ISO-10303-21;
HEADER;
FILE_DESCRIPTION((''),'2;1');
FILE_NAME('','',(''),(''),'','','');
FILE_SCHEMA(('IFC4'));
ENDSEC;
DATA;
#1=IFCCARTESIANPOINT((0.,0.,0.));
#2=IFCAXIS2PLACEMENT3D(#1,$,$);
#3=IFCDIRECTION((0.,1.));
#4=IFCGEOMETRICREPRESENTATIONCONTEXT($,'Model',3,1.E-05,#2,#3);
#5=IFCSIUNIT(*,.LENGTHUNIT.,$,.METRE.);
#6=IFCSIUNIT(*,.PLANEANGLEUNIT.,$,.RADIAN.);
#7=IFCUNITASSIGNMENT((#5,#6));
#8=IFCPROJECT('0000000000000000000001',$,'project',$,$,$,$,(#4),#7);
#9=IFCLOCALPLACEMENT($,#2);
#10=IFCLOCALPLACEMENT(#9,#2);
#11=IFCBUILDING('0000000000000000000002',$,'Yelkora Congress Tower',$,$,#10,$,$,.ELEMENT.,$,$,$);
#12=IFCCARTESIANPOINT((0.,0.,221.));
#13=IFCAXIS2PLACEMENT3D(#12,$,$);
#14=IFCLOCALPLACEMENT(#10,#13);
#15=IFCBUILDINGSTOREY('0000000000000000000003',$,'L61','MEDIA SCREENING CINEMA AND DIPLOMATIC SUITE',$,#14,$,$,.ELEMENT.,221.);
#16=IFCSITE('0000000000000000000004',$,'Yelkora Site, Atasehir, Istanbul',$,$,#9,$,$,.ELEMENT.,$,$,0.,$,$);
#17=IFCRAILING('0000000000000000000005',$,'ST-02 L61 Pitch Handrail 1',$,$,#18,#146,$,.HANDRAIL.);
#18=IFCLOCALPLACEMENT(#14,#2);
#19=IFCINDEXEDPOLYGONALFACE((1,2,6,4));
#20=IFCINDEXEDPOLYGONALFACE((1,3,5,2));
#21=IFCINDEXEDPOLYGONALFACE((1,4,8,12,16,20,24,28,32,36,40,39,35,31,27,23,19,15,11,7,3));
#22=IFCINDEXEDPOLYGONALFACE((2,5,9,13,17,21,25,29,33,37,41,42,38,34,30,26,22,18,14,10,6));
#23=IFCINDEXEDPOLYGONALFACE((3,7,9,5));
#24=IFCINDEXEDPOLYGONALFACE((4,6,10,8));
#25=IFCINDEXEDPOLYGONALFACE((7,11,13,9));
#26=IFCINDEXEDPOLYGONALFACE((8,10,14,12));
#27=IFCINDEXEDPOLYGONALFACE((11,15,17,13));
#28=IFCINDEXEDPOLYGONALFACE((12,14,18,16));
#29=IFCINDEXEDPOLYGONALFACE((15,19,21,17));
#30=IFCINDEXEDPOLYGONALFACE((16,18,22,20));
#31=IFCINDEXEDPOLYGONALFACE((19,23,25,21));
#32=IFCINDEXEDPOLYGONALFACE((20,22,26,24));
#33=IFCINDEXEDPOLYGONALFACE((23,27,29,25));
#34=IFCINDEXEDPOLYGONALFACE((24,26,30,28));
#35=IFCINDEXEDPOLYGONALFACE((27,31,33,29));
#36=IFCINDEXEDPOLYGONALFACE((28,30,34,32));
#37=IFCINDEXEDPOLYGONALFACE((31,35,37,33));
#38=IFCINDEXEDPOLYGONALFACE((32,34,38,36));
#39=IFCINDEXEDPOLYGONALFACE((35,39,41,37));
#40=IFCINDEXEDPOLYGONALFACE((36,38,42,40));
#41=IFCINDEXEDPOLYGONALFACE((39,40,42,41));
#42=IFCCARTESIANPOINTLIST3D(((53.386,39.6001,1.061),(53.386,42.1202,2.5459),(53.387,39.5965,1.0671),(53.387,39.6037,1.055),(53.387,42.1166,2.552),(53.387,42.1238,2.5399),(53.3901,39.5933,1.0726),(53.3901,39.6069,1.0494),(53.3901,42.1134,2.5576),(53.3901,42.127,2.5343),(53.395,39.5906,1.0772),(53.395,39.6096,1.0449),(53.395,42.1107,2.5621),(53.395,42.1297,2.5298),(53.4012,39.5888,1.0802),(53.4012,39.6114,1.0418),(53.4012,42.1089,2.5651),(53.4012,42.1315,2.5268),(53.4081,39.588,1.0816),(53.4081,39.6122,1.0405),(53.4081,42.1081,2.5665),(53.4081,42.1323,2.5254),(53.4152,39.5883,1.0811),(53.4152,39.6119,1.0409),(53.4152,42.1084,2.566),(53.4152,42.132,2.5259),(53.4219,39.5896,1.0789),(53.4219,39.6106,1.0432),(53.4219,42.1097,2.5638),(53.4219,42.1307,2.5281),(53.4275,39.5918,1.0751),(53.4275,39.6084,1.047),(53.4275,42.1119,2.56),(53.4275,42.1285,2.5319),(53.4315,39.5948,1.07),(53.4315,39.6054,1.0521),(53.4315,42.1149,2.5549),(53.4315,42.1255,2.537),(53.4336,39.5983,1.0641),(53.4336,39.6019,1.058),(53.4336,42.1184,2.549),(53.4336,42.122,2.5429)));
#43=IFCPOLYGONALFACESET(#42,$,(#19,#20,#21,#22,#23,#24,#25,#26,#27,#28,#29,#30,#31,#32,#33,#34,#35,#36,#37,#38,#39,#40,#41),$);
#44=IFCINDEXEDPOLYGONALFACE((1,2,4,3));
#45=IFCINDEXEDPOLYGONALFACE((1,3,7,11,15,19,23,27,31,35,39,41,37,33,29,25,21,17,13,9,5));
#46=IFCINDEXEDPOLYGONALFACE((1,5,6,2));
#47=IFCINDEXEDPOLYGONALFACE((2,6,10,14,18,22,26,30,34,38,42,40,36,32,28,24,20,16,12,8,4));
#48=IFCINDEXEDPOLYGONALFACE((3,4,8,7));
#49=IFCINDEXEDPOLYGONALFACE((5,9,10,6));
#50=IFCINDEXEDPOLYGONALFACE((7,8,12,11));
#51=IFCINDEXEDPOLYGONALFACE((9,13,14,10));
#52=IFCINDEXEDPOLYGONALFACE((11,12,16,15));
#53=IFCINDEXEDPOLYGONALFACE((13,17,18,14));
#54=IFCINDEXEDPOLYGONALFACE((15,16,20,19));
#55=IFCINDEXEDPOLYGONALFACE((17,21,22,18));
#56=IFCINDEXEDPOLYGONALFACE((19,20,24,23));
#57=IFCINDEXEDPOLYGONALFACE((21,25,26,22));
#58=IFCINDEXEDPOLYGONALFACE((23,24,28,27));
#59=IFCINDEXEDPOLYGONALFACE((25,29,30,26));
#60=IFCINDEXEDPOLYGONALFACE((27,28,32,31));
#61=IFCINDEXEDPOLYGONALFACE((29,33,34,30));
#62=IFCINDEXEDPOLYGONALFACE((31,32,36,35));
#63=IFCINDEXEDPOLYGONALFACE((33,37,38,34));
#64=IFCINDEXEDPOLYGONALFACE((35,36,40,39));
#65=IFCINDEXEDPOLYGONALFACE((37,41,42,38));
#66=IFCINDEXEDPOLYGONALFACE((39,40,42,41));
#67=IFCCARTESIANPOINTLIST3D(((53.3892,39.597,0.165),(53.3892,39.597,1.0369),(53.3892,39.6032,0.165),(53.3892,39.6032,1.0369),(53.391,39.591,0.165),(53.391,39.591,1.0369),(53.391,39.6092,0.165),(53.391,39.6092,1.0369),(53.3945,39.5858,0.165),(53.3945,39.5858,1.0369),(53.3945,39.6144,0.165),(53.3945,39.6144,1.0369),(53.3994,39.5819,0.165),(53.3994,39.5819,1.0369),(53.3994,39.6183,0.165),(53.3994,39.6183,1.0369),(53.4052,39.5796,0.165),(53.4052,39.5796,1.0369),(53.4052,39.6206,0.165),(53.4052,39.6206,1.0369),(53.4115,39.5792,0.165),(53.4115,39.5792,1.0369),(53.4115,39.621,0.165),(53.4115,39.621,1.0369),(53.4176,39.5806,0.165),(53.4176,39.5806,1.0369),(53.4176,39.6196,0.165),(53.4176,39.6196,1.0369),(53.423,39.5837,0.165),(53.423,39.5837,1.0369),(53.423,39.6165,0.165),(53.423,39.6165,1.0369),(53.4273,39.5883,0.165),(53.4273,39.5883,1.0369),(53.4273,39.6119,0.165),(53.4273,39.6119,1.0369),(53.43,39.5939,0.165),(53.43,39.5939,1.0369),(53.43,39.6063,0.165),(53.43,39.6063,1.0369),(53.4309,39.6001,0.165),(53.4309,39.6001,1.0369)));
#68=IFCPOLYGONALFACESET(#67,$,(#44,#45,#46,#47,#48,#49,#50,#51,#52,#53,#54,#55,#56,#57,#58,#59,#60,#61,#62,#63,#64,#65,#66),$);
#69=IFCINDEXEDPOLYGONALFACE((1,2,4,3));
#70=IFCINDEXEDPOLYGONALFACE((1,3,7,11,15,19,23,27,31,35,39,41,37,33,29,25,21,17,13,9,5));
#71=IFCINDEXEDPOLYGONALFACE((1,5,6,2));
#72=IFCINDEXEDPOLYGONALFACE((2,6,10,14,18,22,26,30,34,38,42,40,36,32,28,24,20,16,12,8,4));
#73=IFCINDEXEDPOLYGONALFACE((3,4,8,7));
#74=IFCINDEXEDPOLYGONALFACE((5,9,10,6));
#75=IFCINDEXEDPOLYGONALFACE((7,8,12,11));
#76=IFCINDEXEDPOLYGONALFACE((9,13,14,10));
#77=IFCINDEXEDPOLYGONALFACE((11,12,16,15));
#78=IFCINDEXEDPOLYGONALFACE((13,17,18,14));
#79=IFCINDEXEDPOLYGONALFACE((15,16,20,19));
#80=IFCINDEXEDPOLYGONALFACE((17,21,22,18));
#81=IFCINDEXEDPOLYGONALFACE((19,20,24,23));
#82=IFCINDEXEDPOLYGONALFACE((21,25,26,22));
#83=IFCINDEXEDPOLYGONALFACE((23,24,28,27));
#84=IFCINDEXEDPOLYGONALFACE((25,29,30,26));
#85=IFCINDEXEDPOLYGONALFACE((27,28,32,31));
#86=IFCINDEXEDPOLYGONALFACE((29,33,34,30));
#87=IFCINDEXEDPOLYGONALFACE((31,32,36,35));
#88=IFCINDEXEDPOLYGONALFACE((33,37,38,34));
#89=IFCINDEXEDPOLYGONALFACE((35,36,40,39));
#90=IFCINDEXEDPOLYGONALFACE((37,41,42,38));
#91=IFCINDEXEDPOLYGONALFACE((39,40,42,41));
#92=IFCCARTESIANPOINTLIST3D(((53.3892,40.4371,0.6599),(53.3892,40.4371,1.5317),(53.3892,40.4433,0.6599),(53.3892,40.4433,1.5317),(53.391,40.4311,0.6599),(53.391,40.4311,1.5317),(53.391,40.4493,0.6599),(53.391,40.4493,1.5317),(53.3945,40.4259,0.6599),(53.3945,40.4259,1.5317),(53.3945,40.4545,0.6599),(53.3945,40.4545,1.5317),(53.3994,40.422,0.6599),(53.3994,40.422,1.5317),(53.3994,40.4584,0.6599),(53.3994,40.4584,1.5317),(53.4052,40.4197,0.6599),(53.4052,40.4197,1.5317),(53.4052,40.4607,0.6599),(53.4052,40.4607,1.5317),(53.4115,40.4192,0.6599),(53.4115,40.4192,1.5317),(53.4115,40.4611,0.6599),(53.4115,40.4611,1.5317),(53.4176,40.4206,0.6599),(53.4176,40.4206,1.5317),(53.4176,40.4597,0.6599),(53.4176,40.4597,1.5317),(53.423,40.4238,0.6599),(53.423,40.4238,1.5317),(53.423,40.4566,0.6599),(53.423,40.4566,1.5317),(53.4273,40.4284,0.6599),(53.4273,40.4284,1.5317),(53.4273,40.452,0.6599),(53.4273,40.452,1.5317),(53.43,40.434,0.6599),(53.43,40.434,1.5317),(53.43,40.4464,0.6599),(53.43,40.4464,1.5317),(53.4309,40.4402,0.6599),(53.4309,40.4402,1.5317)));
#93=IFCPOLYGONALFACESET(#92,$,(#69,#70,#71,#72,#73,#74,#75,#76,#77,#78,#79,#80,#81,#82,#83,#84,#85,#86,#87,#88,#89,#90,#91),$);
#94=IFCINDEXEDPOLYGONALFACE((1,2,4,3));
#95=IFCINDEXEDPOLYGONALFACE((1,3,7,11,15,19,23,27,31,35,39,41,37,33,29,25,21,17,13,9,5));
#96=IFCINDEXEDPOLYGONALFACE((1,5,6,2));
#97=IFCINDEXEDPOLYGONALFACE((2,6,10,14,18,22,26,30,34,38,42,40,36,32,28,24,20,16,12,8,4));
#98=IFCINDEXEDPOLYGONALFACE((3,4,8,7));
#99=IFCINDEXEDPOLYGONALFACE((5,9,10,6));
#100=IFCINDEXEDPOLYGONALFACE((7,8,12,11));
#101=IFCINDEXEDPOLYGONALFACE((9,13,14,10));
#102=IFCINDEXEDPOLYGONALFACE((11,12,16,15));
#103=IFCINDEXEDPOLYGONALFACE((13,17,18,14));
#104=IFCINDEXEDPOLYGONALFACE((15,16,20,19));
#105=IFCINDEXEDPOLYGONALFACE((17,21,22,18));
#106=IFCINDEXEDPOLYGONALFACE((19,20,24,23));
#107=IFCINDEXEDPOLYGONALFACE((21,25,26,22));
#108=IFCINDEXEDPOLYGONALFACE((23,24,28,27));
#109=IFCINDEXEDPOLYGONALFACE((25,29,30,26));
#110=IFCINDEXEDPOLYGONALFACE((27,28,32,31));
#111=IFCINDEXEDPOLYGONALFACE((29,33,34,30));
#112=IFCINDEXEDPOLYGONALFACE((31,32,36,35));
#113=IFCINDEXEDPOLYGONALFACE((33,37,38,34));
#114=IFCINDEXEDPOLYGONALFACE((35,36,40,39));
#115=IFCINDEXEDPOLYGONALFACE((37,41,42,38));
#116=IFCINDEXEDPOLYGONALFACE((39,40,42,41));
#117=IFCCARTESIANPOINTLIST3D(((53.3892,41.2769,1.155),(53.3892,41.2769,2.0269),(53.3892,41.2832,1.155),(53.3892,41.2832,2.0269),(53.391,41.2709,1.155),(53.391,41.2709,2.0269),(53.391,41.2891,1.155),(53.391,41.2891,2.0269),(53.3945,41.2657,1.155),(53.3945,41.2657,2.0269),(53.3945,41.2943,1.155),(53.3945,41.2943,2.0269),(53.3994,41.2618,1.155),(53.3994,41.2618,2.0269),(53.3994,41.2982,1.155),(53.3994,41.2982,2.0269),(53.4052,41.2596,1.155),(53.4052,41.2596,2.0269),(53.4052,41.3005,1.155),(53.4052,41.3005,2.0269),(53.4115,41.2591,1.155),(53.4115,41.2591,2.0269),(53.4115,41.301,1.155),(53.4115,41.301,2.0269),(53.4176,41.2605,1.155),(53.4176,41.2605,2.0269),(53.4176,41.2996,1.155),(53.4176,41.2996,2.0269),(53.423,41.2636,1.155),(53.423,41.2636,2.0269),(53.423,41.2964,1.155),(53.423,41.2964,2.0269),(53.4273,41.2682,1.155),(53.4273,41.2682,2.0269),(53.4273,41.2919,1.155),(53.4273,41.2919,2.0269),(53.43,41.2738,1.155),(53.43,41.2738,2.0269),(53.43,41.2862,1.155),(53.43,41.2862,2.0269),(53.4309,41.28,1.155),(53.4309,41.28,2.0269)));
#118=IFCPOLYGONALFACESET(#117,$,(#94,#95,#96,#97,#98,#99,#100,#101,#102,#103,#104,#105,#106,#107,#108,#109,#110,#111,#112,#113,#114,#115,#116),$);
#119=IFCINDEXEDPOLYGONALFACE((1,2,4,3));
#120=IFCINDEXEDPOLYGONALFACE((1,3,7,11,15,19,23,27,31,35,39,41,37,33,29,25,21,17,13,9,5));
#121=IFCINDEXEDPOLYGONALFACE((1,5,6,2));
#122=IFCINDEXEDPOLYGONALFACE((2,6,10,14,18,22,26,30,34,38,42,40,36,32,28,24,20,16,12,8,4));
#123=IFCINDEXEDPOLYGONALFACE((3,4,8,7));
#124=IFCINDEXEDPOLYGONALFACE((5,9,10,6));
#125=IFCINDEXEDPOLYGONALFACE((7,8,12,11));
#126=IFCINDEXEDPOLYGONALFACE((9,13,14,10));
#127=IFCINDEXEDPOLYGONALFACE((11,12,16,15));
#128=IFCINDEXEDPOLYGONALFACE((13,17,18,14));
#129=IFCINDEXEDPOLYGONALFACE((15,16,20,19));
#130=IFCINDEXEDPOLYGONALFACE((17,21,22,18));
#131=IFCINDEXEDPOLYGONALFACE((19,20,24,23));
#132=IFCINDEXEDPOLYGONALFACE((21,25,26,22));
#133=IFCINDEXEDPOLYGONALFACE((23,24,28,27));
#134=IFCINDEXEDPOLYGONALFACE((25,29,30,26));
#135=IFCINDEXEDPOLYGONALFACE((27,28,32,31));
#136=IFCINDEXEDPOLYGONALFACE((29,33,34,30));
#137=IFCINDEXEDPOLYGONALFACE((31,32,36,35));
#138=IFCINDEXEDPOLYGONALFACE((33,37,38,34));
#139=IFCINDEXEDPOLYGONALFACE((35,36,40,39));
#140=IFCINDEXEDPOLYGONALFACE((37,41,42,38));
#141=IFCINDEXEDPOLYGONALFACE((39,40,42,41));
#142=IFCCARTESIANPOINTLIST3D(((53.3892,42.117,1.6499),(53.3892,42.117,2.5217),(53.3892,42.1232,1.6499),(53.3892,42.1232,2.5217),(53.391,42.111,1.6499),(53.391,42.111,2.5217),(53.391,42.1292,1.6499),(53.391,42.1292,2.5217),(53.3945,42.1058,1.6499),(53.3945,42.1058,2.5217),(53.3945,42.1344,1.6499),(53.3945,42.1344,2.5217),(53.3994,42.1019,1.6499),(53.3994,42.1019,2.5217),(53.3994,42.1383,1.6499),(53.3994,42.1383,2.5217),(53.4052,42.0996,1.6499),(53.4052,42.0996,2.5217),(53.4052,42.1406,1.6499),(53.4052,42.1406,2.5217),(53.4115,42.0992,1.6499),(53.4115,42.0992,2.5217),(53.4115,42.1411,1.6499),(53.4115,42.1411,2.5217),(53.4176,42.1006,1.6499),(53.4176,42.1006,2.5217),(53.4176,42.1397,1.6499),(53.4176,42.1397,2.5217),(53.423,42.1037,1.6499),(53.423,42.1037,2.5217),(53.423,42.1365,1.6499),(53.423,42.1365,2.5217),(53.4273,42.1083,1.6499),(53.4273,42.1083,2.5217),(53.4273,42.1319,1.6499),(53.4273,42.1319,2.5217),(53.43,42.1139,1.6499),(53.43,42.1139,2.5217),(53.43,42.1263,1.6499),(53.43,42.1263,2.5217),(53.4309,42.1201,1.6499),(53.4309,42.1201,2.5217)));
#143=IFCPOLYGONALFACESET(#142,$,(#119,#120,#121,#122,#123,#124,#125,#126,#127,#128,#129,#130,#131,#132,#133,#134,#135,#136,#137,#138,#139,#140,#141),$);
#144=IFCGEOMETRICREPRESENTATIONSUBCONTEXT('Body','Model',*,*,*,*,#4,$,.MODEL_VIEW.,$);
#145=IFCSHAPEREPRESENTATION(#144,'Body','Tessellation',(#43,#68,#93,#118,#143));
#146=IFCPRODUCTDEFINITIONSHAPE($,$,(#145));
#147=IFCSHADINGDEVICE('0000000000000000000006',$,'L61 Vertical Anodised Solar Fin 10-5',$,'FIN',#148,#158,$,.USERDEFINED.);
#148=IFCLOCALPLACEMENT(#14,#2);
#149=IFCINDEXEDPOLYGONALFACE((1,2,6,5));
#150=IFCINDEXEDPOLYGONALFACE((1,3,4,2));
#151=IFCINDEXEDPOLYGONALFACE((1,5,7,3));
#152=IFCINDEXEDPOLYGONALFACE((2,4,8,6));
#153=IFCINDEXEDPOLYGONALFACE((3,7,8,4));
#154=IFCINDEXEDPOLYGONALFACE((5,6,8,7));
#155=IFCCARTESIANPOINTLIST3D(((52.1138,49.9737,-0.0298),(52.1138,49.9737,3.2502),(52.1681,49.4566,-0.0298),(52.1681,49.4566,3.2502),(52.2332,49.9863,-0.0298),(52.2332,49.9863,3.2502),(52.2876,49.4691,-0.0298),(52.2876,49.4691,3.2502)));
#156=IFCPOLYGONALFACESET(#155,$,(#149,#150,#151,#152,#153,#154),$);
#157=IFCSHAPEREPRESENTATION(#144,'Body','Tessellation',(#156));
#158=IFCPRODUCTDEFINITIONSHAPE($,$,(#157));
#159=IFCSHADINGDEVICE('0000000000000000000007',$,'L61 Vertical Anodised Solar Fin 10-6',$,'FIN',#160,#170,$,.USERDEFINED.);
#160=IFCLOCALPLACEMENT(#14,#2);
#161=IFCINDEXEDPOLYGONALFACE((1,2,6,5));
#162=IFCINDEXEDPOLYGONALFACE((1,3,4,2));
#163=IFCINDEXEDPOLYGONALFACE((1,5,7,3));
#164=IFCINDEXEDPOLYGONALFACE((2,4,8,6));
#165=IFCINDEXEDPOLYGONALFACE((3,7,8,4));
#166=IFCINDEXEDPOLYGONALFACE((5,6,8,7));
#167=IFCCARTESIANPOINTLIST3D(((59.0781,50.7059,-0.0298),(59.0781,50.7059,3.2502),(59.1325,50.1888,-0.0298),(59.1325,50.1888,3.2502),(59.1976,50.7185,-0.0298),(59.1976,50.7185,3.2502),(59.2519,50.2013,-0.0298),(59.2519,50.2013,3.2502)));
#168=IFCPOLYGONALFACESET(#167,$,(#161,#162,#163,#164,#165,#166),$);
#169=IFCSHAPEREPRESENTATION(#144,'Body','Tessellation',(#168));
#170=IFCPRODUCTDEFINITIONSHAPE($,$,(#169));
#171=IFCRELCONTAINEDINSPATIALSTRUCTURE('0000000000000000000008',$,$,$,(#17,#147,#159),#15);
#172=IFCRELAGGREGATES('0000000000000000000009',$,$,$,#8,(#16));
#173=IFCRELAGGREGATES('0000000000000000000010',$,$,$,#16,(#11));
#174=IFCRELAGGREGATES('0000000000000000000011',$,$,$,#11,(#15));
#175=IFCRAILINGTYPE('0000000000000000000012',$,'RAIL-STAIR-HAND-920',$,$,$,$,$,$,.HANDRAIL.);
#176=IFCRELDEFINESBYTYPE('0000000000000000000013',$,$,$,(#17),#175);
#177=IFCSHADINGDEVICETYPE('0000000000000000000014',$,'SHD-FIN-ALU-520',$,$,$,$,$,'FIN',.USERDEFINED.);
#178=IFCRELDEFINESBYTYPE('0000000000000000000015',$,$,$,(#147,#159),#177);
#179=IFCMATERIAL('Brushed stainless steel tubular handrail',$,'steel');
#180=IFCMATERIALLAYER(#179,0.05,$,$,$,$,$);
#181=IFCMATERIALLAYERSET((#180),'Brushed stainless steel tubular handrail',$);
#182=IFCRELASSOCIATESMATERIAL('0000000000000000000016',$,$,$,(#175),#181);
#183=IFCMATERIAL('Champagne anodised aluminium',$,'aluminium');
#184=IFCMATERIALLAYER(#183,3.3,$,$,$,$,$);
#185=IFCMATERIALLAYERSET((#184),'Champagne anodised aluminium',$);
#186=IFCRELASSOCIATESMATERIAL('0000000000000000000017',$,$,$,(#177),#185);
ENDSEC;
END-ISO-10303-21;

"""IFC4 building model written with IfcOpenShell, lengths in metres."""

from ifc_helpers import new_model, si_unit, direction, frame, origin, origin_2d, place, context, subcontext, project, spatial, rectangle, circle, extrude, material, layer, layer_set, type_object, element, save


model = new_model("IFC4")

# Units and contexts
model_context = context("Model", 3, precision=1e-05, world=origin(), true_north=direction((0.0, 1.0)))
body_context = subcontext(model_context, "Body", "Model", "MODEL_VIEW")
ifc_project = project(units=[si_unit("LENGTHUNIT", "METRE"), si_unit("PLANEANGLEUNIT", "RADIAN")], contexts=[model_context])

# Site, building, storey
site_placement = place(None, origin())
site = spatial("IfcSite", under=ifc_project, at=site_placement, Name="Yelkora Site, Atasehir, Istanbul", CompositionType="ELEMENT", RefElevation=0.0)
building_placement = place(site_placement, origin())
building = spatial("IfcBuilding", under=site, at=building_placement, Name="Yelkora Congress Tower", CompositionType="ELEMENT")
storey_placement = place(building_placement, frame((0.0, 0.0, 221.0)))
storey = spatial("IfcBuildingStorey", under=building, at=storey_placement, Name="L61", Description="MEDIA SCREENING CINEMA AND DIPLOMATIC SUITE", CompositionType="ELEMENT", Elevation=221.0)

# Railing
ifc_material_1 = material(Name="Brushed stainless steel tubular handrail", Category="steel")
ifc_layer_1 = layer(ifc_material_1, 0.05)
ifc_layer_set_1 = layer_set([ifc_layer_1], Name="Brushed stainless steel tubular handrail")
railing_type_1 = type_object("IfcRailingType", Name="RAIL-STAIR-HAND-920", PredefinedType="HANDRAIL", material=ifc_layer_set_1)
railing_1_placement = place(storey_placement, frame((53.4099, 39.6001, 0.165)))
element("IfcRailing", 1, at=railing_1_placement, inside=storey, type_object=railing_type_1, Name="ST-02 L61 Pitch Handrail 1", PredefinedType="HANDRAIL", context=body_context, shape_type="SweptSolid", body=[
    extrude(circle(Radius=0.0239, at=origin_2d()), frame((0.0, 0.0, 0.896), z_axis=(0.0, 0.861561, 0.507655), x_axis=(-1.0, 0.0, 0.0)), (0.0, 0.0, 1.0), 2.925),
    extrude(circle(Radius=0.021, at=origin_2d()), origin(), (0.0, 0.0, 1.0), 0.8718),
    extrude(circle(Radius=0.021, at=origin_2d()), frame((0.0, 0.8401, 0.4949)), (0.0, 0.0, 1.0), 0.8718),
    extrude(circle(Radius=0.021, at=origin_2d()), frame((0.0, 1.6799, 0.99)), (0.0, 0.0, 1.0), 0.8718),
    extrude(circle(Radius=0.021, at=origin_2d()), frame((0.0, 2.52, 1.4849)), (0.0, 0.0, 1.0), 0.8718),
])

# Shading devices
ifc_material_2 = material(Name="Champagne anodised aluminium", Category="aluminium")
ifc_layer_2 = layer(ifc_material_2, 3.3)
ifc_layer_set_2 = layer_set([ifc_layer_2], Name="Champagne anodised aluminium")
shading_device_type = type_object("IfcShadingDeviceType", Name="SHD-FIN-ALU-520", ElementType="FIN", PredefinedType="USERDEFINED", material=ifc_layer_set_2)
for number, where, z_axis, x_axis, name in (
    (2, (52.2007, 49.7214, -0.0298), (0.0, 0.0, 1.0), (0.994522, 0.104528, 0.0), "L61 Vertical Anodised Solar Fin 10-5"),
    (3, (59.165, 50.4536, -0.0298), (0.0, 0.0, 1.0), (0.994522, 0.104528, 0.0), "L61 Vertical Anodised Solar Fin 10-6"),
):
    element("IfcShadingDevice", number, at=place(storey_placement, frame(where, z_axis=z_axis, x_axis=x_axis)), inside=storey, type_object=shading_device_type, Name=name, ObjectType="FIN", PredefinedType="USERDEFINED", context=body_context, shape_type="SweptSolid", body=[
        extrude(rectangle(XDim=0.1201, YDim=0.52, at=origin_2d()), origin(), (0.0, 0.0, 1.0), 3.28),
    ])

save(model, "model.ifc")
